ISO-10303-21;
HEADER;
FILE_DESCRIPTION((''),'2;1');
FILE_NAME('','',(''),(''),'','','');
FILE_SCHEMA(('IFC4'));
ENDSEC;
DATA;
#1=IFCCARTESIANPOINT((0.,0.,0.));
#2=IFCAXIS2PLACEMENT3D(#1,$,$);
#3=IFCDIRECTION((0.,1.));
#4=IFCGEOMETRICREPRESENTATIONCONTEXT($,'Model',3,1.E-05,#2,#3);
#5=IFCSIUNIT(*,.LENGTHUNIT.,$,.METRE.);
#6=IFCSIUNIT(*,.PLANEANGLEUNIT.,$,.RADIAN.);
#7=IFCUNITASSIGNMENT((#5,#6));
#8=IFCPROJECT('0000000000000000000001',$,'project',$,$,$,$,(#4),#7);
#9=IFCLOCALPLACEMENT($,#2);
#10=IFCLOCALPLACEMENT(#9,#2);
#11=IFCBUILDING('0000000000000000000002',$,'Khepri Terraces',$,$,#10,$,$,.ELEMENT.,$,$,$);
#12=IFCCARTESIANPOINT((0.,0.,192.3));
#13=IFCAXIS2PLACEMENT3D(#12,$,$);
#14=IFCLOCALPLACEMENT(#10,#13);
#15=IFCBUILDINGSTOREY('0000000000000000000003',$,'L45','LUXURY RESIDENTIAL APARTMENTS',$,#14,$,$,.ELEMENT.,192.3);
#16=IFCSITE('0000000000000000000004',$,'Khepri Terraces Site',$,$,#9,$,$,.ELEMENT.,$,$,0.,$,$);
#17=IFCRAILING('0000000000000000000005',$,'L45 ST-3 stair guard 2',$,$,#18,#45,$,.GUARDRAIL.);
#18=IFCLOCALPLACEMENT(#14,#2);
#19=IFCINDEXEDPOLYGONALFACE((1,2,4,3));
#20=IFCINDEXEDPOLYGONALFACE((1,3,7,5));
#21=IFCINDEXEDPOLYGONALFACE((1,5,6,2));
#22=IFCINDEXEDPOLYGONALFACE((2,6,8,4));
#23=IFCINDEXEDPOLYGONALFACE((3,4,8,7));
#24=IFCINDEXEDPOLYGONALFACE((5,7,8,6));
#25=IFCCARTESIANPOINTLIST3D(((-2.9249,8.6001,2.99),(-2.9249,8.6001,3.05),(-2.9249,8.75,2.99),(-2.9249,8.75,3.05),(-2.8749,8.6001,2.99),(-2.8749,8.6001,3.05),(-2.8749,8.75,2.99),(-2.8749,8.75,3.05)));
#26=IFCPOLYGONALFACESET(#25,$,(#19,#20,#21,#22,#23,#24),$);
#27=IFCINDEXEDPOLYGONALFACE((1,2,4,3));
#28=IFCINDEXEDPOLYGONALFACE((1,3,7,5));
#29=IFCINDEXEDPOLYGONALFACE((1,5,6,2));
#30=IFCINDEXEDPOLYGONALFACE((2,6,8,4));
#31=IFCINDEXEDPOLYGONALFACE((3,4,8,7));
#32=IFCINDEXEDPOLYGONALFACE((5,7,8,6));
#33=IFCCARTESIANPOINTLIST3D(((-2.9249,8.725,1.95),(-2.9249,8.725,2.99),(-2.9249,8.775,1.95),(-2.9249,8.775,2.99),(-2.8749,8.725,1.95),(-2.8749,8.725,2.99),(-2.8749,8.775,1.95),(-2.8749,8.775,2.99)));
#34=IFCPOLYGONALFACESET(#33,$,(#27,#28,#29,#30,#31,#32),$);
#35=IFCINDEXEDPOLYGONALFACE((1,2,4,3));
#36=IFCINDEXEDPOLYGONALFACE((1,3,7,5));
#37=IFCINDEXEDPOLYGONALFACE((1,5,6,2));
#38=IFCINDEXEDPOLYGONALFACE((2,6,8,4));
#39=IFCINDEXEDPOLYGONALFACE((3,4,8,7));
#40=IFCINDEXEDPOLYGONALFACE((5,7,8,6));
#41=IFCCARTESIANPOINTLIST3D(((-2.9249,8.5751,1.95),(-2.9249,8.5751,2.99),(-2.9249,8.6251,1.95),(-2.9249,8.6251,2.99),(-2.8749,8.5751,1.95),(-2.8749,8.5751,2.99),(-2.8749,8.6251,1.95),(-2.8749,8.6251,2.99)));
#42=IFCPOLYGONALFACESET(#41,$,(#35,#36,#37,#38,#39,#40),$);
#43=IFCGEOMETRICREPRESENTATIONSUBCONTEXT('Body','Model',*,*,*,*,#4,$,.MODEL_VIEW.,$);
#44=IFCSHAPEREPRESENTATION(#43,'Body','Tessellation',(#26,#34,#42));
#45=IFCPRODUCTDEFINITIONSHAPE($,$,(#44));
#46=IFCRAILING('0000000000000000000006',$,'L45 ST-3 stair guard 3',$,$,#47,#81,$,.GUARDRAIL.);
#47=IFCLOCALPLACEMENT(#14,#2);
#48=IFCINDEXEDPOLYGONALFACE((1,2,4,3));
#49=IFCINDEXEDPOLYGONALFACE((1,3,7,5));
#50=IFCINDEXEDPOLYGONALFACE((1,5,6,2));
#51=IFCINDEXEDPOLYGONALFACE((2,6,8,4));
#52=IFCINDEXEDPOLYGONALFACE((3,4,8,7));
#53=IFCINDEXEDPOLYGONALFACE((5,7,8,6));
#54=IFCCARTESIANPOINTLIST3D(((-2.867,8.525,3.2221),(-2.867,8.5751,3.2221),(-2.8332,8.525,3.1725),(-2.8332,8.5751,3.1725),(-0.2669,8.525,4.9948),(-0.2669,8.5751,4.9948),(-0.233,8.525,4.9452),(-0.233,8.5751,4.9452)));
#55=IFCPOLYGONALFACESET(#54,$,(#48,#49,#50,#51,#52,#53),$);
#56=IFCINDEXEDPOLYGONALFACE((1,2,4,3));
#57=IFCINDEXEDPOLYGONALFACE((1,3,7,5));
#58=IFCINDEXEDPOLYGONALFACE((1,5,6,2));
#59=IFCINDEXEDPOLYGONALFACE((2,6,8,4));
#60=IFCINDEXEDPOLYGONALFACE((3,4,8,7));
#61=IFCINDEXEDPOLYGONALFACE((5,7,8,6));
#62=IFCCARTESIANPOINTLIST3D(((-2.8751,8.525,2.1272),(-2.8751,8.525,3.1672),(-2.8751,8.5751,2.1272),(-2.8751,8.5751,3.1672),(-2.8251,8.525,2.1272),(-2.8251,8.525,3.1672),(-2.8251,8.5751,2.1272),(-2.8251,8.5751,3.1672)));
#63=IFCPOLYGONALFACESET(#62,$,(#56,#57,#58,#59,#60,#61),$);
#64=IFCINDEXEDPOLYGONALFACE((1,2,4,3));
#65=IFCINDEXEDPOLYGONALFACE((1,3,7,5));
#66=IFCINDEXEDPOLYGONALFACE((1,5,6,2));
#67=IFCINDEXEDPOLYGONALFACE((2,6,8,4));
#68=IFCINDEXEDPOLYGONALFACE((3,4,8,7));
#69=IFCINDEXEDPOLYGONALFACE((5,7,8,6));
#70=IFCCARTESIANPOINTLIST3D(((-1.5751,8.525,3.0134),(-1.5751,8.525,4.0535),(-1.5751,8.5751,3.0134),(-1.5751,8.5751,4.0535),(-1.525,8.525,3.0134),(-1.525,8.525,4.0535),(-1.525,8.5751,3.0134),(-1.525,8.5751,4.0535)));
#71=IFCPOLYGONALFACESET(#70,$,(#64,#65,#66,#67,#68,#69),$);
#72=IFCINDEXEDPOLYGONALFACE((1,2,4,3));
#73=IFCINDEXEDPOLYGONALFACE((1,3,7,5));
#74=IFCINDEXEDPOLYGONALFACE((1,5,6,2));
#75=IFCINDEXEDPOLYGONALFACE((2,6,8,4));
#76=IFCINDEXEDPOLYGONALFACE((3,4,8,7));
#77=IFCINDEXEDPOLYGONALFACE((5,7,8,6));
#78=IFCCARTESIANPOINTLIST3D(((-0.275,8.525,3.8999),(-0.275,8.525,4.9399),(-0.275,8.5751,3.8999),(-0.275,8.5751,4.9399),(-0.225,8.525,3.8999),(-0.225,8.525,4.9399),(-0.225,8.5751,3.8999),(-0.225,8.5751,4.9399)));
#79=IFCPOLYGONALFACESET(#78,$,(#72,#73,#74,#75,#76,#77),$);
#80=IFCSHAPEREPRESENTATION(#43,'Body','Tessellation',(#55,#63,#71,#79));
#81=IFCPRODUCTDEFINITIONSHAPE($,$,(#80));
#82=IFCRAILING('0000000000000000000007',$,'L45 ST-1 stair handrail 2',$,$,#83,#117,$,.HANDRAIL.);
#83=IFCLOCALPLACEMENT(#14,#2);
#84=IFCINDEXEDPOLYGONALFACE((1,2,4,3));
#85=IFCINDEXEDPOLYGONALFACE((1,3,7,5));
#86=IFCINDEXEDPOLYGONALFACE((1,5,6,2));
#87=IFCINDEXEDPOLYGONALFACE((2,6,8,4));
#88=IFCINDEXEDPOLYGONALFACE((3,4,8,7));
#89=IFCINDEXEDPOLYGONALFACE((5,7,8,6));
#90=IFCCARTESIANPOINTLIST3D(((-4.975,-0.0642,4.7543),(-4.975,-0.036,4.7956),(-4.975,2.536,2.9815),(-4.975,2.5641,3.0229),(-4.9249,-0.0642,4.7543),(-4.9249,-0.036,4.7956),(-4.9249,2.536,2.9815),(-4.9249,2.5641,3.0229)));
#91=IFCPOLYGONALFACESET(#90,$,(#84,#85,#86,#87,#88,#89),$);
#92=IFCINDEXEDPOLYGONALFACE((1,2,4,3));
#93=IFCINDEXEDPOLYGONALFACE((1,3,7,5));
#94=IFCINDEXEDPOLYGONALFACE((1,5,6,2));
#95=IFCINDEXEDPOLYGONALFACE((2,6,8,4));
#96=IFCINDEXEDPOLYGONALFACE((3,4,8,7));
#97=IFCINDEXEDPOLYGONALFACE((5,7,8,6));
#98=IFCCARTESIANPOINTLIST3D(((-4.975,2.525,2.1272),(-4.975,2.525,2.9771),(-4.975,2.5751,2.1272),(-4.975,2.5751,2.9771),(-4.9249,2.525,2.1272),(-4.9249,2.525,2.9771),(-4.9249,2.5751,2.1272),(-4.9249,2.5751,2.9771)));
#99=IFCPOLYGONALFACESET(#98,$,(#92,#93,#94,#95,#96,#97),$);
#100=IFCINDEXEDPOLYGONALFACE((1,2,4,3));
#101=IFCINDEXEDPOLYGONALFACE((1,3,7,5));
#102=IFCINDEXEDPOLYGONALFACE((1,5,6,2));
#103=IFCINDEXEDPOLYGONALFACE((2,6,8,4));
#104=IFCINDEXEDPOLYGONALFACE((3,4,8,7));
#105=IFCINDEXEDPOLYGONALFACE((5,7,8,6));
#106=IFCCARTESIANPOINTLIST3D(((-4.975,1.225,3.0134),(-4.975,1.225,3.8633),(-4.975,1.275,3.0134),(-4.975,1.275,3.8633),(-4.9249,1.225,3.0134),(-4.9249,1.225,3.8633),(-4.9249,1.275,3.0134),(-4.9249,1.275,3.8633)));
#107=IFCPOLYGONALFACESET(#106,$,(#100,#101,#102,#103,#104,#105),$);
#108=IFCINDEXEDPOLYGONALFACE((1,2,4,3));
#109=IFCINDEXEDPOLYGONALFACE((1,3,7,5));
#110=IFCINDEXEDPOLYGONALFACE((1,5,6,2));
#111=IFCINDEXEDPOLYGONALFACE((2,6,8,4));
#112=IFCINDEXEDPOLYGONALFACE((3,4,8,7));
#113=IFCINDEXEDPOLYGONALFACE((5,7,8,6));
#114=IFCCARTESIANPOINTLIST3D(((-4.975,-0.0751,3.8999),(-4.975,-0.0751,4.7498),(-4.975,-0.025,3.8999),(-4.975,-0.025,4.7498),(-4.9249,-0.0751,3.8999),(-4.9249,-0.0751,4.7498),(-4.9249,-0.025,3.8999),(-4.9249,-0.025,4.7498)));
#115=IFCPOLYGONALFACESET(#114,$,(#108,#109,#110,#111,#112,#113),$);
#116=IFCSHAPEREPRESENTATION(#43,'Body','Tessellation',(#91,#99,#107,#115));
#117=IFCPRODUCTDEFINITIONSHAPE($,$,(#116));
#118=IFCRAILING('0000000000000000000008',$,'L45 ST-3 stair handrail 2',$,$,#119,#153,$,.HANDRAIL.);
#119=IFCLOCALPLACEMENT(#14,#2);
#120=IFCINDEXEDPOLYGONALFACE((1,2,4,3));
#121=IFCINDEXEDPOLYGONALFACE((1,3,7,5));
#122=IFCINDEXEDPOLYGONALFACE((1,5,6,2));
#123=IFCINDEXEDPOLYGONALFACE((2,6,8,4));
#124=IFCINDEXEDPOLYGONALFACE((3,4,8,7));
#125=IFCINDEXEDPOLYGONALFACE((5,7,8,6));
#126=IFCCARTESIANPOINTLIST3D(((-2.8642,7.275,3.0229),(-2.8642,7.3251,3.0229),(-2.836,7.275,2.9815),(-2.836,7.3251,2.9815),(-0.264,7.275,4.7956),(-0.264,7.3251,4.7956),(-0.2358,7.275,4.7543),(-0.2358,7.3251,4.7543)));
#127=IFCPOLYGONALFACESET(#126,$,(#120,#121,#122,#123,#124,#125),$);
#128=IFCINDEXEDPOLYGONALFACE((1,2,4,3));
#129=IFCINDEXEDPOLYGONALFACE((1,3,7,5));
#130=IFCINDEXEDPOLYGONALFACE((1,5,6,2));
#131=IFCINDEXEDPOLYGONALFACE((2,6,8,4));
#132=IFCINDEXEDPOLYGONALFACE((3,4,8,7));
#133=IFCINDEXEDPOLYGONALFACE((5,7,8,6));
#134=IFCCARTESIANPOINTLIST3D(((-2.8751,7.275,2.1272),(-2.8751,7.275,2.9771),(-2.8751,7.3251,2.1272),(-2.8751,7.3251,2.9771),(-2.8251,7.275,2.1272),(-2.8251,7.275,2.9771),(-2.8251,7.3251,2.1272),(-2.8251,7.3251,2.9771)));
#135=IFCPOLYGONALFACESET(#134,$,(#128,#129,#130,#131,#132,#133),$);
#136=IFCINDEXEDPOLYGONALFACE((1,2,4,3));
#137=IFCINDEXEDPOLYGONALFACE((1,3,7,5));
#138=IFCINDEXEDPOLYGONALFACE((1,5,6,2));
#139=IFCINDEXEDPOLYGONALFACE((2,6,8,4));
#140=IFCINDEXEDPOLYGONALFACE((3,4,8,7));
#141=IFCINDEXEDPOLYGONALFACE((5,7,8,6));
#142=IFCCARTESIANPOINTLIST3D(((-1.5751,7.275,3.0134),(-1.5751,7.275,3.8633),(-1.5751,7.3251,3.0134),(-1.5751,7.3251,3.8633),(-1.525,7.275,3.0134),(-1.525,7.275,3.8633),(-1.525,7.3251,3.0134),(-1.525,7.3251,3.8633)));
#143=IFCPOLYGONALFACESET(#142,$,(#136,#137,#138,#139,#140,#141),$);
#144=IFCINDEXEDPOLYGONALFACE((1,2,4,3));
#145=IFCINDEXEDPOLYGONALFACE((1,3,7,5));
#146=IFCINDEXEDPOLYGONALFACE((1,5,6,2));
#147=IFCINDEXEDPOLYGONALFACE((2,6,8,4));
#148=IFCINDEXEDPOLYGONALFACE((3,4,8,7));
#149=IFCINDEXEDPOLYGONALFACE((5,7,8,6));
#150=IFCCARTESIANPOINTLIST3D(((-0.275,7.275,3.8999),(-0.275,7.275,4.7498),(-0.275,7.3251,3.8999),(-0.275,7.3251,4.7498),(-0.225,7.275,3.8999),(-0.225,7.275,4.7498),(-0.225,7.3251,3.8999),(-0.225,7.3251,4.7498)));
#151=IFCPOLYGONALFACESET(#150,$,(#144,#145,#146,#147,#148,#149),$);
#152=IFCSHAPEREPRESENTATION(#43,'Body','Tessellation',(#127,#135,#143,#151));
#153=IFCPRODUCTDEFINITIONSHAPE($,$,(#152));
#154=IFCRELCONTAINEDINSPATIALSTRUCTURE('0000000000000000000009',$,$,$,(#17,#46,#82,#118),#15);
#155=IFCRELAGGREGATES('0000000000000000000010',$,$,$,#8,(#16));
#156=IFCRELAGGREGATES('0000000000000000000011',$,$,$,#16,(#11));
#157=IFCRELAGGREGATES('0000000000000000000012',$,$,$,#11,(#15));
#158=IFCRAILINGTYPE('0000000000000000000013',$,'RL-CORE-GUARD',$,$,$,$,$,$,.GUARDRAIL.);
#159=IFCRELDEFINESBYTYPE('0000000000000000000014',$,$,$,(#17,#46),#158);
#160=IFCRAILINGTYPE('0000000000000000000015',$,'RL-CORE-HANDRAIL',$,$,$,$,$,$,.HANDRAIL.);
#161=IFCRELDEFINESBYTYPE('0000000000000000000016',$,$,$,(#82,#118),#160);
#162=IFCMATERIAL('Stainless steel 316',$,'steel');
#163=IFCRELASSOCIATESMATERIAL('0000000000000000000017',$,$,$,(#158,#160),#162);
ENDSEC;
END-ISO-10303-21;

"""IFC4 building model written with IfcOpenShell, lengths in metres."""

from ifc_helpers import new_model, si_unit, direction, frame, origin, origin_2d, place, context, subcontext, project, spatial, rectangle, extrude, material, type_object, element, save


model = new_model("IFC4")

# Units and contexts
model_context = context("Model", 3, precision=1e-05, world=origin(), true_north=direction((0.0, 1.0)))
body_context = subcontext(model_context, "Body", "Model", "MODEL_VIEW")
ifc_project = project(units=[si_unit("LENGTHUNIT", "METRE"), si_unit("PLANEANGLEUNIT", "RADIAN")], contexts=[model_context])

# Site, building, storey
site_placement = place(None, origin())
site = spatial("IfcSite", under=ifc_project, at=site_placement, Name="Khepri Terraces Site", CompositionType="ELEMENT", RefElevation=0.0)
building_placement = place(site_placement, origin())
building = spatial("IfcBuilding", under=site, at=building_placement, Name="Khepri Terraces", CompositionType="ELEMENT")
storey_placement = place(building_placement, frame((0.0, 0.0, 192.3)))
storey = spatial("IfcBuildingStorey", under=building, at=storey_placement, Name="L45", Description="LUXURY RESIDENTIAL APARTMENTS", CompositionType="ELEMENT", Elevation=192.3)

# Railings
ifc_material_1 = material(Name="Stainless steel 316", Category="steel")
railing_type_1 = type_object("IfcRailingType", Name="RL-CORE-GUARD", PredefinedType="GUARDRAIL", material=ifc_material_1)
railing_1_placement = place(storey_placement, frame((-2.8999, 8.75, 1.95)))
element("IfcRailing", 1, at=railing_1_placement, inside=storey, type_object=railing_type_1, Name="L45 ST-3 stair guard 2", PredefinedType="GUARDRAIL", context=body_context, shape_type="SweptSolid", body=[
    extrude(rectangle(XDim=0.05, YDim=0.0601, at=origin_2d()), frame((0.0, 0.0, 1.0701), z_axis=(0.0, -1.0, 0.0), x_axis=(1.0, 0.0, 0.0)), (0.0, 0.0, 1.0), 0.1499),
    extrude(rectangle(XDim=0.05, YDim=0.05, at=origin_2d()), origin(), (0.0, 0.0, 1.0), 1.04),
    extrude(rectangle(XDim=0.05, YDim=0.05, at=origin_2d()), frame((0.0, -0.1499, 0.0)), (0.0, 0.0, 1.0), 1.04),
])
railing_2_placement = place(storey_placement, frame((-2.8501, 8.55, 2.1272)))
element("IfcRailing", 2, at=railing_2_placement, inside=storey, type_object=railing_type_1, Name="L45 ST-3 stair guard 3", PredefinedType="GUARDRAIL", context=body_context, shape_type="SweptSolid", body=[
    extrude(rectangle(XDim=0.05, YDim=0.0601, at=origin_2d()), frame((0.0, 0.0, 1.0701), z_axis=(0.82624, 0.0, 0.563318), x_axis=(0.0, 1.0, 0.0)), (0.0, 0.0, 1.0), 3.147),
    extrude(rectangle(XDim=0.05, YDim=0.05, at=origin_2d()), origin(), (0.0, 0.0, 1.0), 1.04),
    extrude(rectangle(XDim=0.05, YDim=0.05, at=origin_2d()), frame((1.3, 0.0, 0.8862)), (0.0, 0.0, 1.0), 1.04),
    extrude(rectangle(XDim=0.05, YDim=0.05, at=origin_2d()), frame((2.6001, 0.0, 1.7727)), (0.0, 0.0, 1.0), 1.04),
])
railing_type_2 = type_object("IfcRailingType", Name="RL-CORE-HANDRAIL", PredefinedType="HANDRAIL", material=ifc_material_1)
railing_3_placement = place(storey_placement, frame((-4.95, 2.55, 2.1272)))
element("IfcRailing", 3, at=railing_3_placement, inside=storey, type_object=railing_type_2, Name="L45 ST-1 stair handrail 2", PredefinedType="HANDRAIL", context=body_context, shape_type="SweptSolid", body=[
    extrude(rectangle(XDim=0.05, YDim=0.05, at=origin_2d()), frame((0.0, 0.0, 0.875), z_axis=(0.0, -0.82624, 0.563318), x_axis=(1.0, 0.0, 0.0)), (0.0, 0.0, 1.0), 3.147),
    extrude(rectangle(XDim=0.05, YDim=0.05, at=origin_2d()), origin(), (0.0, 0.0, 1.0), 0.8499),
    extrude(rectangle(XDim=0.05, YDim=0.05, at=origin_2d()), frame((0.0, -1.3, 0.8862)), (0.0, 0.0, 1.0), 0.8499),
    extrude(rectangle(XDim=0.05, YDim=0.05, at=origin_2d()), frame((0.0, -2.6001, 1.7727)), (0.0, 0.0, 1.0), 0.8499),
])
railing_4_placement = place(storey_placement, frame((-2.8501, 7.3, 2.1272)))
element("IfcRailing", 4, at=railing_4_placement, inside=storey, type_object=railing_type_2, Name="L45 ST-3 stair handrail 2", PredefinedType="HANDRAIL", context=body_context, shape_type="SweptSolid", body=[
    extrude(rectangle(XDim=0.05, YDim=0.05, at=origin_2d()), frame((0.0, 0.0, 0.875), z_axis=(0.82624, 0.0, 0.563318), x_axis=(0.0, 1.0, 0.0)), (0.0, 0.0, 1.0), 3.147),
    extrude(rectangle(XDim=0.05, YDim=0.05, at=origin_2d()), origin(), (0.0, 0.0, 1.0), 0.8499),
    extrude(rectangle(XDim=0.05, YDim=0.05, at=origin_2d()), frame((1.3, 0.0, 0.8862)), (0.0, 0.0, 1.0), 0.8499),
    extrude(rectangle(XDim=0.05, YDim=0.05, at=origin_2d()), frame((2.6001, 0.0, 1.7727)), (0.0, 0.0, 1.0), 0.8499),
])

save(model, "model.ifc")
